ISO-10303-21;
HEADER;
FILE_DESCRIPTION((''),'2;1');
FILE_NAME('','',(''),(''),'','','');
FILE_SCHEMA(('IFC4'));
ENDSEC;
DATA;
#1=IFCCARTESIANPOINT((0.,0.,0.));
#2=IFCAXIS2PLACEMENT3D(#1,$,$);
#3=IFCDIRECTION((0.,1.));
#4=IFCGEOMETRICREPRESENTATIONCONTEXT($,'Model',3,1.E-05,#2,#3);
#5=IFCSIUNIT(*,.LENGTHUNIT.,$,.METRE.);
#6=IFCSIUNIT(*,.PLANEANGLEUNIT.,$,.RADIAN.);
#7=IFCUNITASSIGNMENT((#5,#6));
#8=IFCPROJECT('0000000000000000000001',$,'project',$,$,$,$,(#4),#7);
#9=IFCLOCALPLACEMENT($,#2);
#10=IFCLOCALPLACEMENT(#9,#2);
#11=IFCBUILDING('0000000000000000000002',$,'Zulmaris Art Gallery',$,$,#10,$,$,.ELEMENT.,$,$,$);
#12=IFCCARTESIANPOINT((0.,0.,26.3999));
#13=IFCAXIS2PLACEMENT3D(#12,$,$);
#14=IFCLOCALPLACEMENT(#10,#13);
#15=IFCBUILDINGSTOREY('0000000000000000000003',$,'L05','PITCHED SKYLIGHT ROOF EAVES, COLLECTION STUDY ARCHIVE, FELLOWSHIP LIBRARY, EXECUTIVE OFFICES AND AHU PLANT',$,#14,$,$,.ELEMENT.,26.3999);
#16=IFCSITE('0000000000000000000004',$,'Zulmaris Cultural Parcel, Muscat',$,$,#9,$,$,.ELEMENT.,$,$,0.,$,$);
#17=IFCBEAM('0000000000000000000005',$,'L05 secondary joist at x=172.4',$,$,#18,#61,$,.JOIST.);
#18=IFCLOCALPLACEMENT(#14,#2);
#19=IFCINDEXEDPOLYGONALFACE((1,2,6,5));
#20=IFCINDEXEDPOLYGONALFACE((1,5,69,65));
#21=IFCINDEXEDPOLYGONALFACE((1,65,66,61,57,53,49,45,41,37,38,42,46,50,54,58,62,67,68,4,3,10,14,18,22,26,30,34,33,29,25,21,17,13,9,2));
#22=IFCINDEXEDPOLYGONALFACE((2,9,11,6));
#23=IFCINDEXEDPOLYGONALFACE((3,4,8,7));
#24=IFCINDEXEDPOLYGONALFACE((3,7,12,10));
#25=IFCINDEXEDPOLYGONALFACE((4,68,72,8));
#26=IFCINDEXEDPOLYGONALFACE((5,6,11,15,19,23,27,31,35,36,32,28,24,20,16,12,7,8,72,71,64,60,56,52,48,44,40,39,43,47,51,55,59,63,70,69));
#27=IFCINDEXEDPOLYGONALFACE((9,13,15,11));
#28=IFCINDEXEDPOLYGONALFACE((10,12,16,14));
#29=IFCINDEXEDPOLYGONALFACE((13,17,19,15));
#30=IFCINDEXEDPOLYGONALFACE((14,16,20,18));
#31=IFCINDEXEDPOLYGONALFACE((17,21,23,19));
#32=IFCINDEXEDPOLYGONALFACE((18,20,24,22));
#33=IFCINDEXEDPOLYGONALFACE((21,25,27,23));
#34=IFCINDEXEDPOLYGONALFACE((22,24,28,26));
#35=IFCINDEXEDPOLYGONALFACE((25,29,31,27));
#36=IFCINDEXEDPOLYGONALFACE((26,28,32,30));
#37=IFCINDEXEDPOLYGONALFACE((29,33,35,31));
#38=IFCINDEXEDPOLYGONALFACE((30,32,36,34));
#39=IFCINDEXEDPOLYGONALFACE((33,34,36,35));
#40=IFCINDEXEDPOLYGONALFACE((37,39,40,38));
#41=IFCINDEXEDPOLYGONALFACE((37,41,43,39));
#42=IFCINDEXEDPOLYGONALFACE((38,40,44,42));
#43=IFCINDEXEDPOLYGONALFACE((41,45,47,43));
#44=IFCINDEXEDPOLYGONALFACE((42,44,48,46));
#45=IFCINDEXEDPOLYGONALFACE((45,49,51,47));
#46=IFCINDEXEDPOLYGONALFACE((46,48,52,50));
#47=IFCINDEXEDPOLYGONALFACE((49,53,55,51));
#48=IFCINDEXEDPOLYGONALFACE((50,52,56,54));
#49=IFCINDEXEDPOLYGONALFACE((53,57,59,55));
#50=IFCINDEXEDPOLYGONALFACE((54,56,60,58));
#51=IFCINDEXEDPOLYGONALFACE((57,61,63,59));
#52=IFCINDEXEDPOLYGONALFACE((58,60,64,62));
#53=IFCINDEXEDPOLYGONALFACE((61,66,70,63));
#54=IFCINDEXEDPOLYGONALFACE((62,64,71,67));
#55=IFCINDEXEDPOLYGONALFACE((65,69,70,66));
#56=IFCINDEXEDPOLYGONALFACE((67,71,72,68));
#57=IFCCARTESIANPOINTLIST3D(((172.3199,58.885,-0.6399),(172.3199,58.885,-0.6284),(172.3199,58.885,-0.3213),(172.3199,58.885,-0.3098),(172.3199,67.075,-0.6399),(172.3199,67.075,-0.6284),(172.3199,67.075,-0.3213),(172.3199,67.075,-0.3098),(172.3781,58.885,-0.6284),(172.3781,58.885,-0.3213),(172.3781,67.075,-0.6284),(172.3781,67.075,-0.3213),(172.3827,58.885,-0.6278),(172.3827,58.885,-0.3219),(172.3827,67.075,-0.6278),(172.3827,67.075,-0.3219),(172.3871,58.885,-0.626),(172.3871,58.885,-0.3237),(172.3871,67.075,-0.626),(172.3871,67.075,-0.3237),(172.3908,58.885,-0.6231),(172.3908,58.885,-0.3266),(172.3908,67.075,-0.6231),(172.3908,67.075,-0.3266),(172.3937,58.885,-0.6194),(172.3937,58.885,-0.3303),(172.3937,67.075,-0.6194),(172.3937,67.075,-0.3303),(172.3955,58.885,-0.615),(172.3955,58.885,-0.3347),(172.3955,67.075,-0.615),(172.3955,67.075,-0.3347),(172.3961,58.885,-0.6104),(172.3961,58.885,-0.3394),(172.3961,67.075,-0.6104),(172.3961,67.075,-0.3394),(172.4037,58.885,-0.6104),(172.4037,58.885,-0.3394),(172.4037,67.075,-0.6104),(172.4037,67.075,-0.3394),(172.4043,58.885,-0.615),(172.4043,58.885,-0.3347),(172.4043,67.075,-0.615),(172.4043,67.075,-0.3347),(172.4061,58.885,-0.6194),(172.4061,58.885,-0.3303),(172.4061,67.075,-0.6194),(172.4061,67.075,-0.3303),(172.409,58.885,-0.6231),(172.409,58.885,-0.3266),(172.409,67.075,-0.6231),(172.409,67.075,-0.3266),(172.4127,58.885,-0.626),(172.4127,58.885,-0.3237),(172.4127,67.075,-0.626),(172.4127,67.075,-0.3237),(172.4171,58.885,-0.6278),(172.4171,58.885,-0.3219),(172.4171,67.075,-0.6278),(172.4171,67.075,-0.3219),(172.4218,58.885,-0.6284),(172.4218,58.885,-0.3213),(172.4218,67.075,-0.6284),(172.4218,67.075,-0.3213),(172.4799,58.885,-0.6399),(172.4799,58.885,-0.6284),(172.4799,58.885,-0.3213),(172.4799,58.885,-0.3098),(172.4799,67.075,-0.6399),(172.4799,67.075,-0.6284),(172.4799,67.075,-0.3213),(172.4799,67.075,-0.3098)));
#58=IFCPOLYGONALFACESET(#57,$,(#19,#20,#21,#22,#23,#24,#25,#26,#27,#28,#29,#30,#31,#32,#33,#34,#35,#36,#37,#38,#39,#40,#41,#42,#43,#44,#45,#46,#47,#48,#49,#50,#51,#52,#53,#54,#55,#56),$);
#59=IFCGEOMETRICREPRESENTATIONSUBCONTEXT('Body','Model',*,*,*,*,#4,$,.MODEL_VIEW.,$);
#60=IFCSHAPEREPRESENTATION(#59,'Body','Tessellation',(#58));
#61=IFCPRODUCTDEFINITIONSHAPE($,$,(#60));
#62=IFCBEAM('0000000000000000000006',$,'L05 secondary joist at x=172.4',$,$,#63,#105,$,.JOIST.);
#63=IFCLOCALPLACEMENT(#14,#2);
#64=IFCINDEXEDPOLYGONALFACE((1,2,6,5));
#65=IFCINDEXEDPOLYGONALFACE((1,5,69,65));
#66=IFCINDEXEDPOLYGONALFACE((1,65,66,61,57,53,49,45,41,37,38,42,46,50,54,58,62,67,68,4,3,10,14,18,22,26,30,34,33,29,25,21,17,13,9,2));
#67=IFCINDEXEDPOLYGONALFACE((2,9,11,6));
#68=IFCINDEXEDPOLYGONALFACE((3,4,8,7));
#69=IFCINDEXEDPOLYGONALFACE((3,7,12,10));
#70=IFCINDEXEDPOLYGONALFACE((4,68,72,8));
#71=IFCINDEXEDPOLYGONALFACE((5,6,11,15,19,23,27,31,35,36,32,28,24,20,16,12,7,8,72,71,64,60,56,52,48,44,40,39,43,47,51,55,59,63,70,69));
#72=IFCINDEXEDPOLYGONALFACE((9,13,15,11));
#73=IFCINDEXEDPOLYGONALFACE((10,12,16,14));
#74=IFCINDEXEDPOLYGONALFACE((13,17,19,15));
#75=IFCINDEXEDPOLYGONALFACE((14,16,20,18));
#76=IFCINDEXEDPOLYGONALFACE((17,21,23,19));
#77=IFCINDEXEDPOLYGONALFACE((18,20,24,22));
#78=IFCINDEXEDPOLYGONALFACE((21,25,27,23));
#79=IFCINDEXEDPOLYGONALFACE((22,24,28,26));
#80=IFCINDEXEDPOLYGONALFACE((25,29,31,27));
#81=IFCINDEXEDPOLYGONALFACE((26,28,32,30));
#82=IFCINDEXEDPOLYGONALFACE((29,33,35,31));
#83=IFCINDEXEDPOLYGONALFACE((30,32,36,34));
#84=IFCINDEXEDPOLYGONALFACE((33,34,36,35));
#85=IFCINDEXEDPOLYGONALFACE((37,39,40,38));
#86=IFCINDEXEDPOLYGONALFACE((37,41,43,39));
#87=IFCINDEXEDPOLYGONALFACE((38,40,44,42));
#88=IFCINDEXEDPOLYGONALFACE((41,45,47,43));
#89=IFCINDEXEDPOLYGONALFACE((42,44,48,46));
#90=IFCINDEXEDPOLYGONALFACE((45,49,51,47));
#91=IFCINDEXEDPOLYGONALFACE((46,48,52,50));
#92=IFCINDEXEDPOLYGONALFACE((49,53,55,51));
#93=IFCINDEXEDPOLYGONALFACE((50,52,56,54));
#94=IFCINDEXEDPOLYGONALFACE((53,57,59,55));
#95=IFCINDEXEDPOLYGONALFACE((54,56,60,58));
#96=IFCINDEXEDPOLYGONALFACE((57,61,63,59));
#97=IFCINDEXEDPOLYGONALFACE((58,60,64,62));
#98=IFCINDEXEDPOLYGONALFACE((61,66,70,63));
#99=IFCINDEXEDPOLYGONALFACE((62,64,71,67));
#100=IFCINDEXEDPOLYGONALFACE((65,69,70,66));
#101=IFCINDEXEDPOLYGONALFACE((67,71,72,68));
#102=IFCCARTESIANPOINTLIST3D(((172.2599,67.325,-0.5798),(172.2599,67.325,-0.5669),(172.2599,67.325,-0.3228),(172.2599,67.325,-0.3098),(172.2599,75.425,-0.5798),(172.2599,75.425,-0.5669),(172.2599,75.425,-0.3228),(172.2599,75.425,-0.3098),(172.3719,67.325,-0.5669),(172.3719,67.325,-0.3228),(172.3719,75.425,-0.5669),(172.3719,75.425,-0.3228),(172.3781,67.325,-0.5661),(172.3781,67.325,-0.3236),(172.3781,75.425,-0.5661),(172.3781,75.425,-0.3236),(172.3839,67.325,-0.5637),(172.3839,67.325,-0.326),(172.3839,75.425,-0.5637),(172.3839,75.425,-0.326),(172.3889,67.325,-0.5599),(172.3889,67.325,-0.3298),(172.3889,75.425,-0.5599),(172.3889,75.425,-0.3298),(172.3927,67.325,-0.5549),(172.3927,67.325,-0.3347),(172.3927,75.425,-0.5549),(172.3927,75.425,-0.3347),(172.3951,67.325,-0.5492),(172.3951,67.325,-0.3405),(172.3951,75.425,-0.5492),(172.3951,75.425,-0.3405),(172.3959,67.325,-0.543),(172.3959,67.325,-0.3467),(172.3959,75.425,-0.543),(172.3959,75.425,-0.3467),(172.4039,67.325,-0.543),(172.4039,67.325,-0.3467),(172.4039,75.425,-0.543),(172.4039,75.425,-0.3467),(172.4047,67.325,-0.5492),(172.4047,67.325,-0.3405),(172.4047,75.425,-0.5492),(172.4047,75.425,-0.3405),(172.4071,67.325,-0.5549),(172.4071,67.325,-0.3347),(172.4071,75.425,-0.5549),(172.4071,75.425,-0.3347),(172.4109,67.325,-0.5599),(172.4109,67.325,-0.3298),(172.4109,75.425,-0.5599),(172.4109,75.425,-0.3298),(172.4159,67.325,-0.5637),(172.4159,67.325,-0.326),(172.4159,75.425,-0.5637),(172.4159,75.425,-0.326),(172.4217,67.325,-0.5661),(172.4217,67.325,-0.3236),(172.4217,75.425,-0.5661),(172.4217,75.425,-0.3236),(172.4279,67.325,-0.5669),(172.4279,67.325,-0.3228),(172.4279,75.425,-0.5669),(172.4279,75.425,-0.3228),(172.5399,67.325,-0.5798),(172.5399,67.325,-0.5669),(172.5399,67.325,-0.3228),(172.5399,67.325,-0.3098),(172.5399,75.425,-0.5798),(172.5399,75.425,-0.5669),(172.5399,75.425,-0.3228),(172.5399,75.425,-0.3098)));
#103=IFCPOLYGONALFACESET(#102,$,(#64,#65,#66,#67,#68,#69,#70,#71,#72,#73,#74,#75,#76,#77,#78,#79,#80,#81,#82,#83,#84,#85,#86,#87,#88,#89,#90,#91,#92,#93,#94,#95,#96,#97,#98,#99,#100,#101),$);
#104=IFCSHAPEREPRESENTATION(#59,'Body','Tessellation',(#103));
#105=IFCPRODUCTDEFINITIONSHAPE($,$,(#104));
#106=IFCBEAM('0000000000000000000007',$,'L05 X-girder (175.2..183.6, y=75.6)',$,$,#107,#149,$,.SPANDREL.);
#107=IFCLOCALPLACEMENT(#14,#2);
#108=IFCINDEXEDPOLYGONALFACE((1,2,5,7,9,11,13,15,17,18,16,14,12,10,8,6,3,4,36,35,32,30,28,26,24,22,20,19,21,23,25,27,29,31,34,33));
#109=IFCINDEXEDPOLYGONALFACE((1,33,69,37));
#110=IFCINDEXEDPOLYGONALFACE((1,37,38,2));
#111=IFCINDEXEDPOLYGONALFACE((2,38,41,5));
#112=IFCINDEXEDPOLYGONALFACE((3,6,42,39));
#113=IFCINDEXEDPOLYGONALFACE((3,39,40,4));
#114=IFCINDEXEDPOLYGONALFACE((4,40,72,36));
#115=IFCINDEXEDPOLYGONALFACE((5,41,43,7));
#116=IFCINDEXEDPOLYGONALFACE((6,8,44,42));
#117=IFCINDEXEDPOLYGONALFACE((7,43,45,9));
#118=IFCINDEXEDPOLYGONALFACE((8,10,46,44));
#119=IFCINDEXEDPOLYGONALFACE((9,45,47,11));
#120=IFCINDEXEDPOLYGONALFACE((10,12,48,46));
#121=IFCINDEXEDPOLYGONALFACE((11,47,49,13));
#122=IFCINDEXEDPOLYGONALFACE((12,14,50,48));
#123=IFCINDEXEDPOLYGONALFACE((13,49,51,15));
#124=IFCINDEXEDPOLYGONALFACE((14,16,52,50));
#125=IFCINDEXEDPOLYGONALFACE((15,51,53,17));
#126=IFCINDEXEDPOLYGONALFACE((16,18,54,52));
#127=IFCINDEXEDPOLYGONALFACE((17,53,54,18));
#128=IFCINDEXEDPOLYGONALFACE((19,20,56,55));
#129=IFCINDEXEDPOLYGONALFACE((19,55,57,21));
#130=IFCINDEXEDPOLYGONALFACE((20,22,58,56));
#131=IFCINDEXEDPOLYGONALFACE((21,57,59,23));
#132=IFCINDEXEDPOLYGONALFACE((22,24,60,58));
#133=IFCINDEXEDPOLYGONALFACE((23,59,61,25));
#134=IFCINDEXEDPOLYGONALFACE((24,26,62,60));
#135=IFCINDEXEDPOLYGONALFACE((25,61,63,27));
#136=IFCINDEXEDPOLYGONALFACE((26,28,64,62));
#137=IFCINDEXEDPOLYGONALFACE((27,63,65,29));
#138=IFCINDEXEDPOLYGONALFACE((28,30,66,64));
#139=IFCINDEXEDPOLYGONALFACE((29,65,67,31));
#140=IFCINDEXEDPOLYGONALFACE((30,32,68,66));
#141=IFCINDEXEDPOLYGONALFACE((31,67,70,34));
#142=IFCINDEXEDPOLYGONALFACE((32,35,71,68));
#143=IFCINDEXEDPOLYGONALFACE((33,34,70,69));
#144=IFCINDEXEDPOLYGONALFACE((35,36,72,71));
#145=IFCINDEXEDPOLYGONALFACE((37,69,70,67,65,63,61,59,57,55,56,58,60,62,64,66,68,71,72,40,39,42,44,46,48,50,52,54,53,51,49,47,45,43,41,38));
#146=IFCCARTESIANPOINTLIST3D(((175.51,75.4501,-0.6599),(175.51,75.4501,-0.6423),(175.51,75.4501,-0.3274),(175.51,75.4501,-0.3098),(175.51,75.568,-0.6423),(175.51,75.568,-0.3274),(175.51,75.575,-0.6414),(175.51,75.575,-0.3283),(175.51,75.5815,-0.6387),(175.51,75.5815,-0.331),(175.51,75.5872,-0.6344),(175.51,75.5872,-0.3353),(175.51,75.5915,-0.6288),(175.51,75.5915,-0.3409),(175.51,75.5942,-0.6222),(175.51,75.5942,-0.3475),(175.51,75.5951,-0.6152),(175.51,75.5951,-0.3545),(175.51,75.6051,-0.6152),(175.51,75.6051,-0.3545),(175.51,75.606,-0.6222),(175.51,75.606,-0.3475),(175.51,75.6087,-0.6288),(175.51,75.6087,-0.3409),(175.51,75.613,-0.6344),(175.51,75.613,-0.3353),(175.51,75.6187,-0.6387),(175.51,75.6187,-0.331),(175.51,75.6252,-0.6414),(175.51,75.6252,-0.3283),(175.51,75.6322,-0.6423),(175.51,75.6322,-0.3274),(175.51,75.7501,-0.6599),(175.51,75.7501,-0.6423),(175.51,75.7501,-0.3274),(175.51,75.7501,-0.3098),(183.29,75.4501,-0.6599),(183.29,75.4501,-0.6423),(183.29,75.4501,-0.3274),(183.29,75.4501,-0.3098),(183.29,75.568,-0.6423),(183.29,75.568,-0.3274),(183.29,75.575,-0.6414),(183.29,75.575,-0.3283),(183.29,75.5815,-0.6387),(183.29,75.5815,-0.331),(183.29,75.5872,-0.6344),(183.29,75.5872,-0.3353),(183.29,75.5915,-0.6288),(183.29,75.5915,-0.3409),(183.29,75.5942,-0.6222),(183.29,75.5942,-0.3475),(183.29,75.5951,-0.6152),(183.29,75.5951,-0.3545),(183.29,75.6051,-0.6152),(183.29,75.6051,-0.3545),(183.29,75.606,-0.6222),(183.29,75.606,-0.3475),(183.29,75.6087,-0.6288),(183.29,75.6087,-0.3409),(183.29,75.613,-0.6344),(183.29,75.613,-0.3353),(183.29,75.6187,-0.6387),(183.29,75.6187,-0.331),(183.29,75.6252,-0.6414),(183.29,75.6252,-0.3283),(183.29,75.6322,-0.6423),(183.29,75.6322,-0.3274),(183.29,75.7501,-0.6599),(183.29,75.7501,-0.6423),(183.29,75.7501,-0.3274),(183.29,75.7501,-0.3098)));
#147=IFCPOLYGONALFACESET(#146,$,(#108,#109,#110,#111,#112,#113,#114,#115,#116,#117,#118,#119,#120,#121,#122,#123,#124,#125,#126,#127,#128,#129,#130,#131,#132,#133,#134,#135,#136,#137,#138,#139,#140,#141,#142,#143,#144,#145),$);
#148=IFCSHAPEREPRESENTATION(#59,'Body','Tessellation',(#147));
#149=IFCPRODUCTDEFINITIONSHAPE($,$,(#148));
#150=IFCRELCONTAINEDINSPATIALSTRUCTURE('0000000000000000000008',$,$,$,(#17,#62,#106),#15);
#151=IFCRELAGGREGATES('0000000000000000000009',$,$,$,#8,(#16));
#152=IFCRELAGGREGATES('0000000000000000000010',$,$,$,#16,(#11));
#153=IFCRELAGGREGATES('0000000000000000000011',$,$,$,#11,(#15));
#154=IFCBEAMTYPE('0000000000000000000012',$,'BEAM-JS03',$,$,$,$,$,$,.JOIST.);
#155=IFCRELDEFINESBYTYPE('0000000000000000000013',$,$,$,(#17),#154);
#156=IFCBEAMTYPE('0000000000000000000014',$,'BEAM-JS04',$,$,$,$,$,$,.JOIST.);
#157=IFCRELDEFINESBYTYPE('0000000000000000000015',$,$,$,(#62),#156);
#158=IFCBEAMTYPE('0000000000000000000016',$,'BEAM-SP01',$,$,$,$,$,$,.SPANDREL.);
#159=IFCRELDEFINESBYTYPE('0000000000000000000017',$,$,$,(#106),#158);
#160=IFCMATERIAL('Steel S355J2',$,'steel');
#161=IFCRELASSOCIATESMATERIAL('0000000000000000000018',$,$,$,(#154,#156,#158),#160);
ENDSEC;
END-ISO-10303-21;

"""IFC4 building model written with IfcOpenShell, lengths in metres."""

from ifc_helpers import new_model, si_unit, direction, frame, origin, origin_2d, place, context, subcontext, project, spatial, i_section, extrude, material, material_profile, profile_set, type_object, element, save


model = new_model("IFC4")

# Units and contexts
model_context = context("Model", 3, precision=1e-05, world=origin(), true_north=direction((0.0, 1.0)))
body_context = subcontext(model_context, "Body", "Model", "MODEL_VIEW")
ifc_project = project(units=[si_unit("LENGTHUNIT", "METRE"), si_unit("PLANEANGLEUNIT", "RADIAN")], contexts=[model_context])

# Site, building, storey
site_placement = place(None, origin())
site = spatial("IfcSite", under=ifc_project, at=site_placement, Name="Zulmaris Cultural Parcel, Muscat", CompositionType="ELEMENT", RefElevation=0.0)
building_placement = place(site_placement, origin())
building = spatial("IfcBuilding", under=site, at=building_placement, Name="Zulmaris Art Gallery", CompositionType="ELEMENT")
storey_placement = place(building_placement, frame((0.0, 0.0, 26.3999)))
storey = spatial("IfcBuildingStorey", under=building, at=storey_placement, Name="L05", Description="PITCHED SKYLIGHT ROOF EAVES, COLLECTION STUDY ARCHIVE, FELLOWSHIP LIBRARY, EXECUTIVE OFFICES AND AHU PLANT", CompositionType="ELEMENT", Elevation=26.3999)

# Beams
ifc_material_1 = material(Name="Steel S355J2", Category="steel")
ifc_material_profile_1 = material_profile(ifc_material_1, i_section(OverallWidth=0.1599, OverallDepth=0.3301, WebThickness=0.0076, FlangeThickness=0.0115, FilletRadius=0.0181, at=origin_2d()), Name="IPE 330")
ifc_profile_set_1 = profile_set([ifc_material_profile_1], Name="Steel S355J2")
beam_type_1 = type_object("IfcBeamType", Name="BEAM-JS03", PredefinedType="JOIST", material=ifc_profile_set_1)
beam_1_placement = place(storey_placement, frame((172.3999, 58.885, -0.4749), z_axis=(0.0, 1.0, 0.0), x_axis=(-1.0, 0.0, 0.0)))
element("IfcBeam", 1, at=beam_1_placement, inside=storey, type_object=beam_type_1, Name="L05 secondary joist at x=172.4", PredefinedType="JOIST", context=body_context, shape_type="SweptSolid", body=[
    extrude(i_section(OverallWidth=0.1599, OverallDepth=0.3301, WebThickness=0.0076, FlangeThickness=0.0115, FilletRadius=0.0181, at=origin_2d()), origin(), (0.0, 0.0, 1.0), 8.1899),
])
ifc_material_profile_2 = material_profile(ifc_material_1, i_section(OverallWidth=0.28, OverallDepth=0.27, WebThickness=0.0081, FlangeThickness=0.0129, FilletRadius=0.0239, at=origin_2d()), Name="HEA 280")
ifc_profile_set_2 = profile_set([ifc_material_profile_2], Name="Steel S355J2")
beam_type_2 = type_object("IfcBeamType", Name="BEAM-JS04", PredefinedType="JOIST", material=ifc_profile_set_2)
beam_2_placement = place(storey_placement, frame((172.3999, 67.325, -0.4448), z_axis=(0.0, 1.0, 0.0), x_axis=(-1.0, 0.0, 0.0)))
element("IfcBeam", 2, at=beam_2_placement, inside=storey, type_object=beam_type_2, Name="L05 secondary joist at x=172.4", PredefinedType="JOIST", context=body_context, shape_type="SweptSolid", body=[
    extrude(i_section(OverallWidth=0.28, OverallDepth=0.27, WebThickness=0.0081, FlangeThickness=0.0129, FilletRadius=0.0239, at=origin_2d()), origin(), (0.0, 0.0, 1.0), 8.1001),
])
ifc_material_profile_3 = material_profile(ifc_material_1, i_section(OverallWidth=0.3, OverallDepth=0.3501, WebThickness=0.01, FlangeThickness=0.0176, FilletRadius=0.0271, at=origin_2d()), Name="HEA 360")
ifc_profile_set_3 = profile_set([ifc_material_profile_3], Name="Steel S355J2")
beam_type_3 = type_object("IfcBeamType", Name="BEAM-SP01", PredefinedType="SPANDREL", material=ifc_profile_set_3)
beam_3_placement = place(storey_placement, frame((175.51, 75.6001, -0.4849), z_axis=(1.0, 0.0, 0.0), x_axis=(0.0, 1.0, 0.0)))
element("IfcBeam", 3, at=beam_3_placement, inside=storey, type_object=beam_type_3, Name="L05 X-girder (175.2..183.6, y=75.6)", PredefinedType="SPANDREL", context=body_context, shape_type="SweptSolid", body=[
    extrude(i_section(OverallWidth=0.3, OverallDepth=0.3501, WebThickness=0.01, FlangeThickness=0.0176, FilletRadius=0.0271, at=origin_2d()), origin(), (0.0, 0.0, 1.0), 7.78),
])

save(model, "model.ifc")
